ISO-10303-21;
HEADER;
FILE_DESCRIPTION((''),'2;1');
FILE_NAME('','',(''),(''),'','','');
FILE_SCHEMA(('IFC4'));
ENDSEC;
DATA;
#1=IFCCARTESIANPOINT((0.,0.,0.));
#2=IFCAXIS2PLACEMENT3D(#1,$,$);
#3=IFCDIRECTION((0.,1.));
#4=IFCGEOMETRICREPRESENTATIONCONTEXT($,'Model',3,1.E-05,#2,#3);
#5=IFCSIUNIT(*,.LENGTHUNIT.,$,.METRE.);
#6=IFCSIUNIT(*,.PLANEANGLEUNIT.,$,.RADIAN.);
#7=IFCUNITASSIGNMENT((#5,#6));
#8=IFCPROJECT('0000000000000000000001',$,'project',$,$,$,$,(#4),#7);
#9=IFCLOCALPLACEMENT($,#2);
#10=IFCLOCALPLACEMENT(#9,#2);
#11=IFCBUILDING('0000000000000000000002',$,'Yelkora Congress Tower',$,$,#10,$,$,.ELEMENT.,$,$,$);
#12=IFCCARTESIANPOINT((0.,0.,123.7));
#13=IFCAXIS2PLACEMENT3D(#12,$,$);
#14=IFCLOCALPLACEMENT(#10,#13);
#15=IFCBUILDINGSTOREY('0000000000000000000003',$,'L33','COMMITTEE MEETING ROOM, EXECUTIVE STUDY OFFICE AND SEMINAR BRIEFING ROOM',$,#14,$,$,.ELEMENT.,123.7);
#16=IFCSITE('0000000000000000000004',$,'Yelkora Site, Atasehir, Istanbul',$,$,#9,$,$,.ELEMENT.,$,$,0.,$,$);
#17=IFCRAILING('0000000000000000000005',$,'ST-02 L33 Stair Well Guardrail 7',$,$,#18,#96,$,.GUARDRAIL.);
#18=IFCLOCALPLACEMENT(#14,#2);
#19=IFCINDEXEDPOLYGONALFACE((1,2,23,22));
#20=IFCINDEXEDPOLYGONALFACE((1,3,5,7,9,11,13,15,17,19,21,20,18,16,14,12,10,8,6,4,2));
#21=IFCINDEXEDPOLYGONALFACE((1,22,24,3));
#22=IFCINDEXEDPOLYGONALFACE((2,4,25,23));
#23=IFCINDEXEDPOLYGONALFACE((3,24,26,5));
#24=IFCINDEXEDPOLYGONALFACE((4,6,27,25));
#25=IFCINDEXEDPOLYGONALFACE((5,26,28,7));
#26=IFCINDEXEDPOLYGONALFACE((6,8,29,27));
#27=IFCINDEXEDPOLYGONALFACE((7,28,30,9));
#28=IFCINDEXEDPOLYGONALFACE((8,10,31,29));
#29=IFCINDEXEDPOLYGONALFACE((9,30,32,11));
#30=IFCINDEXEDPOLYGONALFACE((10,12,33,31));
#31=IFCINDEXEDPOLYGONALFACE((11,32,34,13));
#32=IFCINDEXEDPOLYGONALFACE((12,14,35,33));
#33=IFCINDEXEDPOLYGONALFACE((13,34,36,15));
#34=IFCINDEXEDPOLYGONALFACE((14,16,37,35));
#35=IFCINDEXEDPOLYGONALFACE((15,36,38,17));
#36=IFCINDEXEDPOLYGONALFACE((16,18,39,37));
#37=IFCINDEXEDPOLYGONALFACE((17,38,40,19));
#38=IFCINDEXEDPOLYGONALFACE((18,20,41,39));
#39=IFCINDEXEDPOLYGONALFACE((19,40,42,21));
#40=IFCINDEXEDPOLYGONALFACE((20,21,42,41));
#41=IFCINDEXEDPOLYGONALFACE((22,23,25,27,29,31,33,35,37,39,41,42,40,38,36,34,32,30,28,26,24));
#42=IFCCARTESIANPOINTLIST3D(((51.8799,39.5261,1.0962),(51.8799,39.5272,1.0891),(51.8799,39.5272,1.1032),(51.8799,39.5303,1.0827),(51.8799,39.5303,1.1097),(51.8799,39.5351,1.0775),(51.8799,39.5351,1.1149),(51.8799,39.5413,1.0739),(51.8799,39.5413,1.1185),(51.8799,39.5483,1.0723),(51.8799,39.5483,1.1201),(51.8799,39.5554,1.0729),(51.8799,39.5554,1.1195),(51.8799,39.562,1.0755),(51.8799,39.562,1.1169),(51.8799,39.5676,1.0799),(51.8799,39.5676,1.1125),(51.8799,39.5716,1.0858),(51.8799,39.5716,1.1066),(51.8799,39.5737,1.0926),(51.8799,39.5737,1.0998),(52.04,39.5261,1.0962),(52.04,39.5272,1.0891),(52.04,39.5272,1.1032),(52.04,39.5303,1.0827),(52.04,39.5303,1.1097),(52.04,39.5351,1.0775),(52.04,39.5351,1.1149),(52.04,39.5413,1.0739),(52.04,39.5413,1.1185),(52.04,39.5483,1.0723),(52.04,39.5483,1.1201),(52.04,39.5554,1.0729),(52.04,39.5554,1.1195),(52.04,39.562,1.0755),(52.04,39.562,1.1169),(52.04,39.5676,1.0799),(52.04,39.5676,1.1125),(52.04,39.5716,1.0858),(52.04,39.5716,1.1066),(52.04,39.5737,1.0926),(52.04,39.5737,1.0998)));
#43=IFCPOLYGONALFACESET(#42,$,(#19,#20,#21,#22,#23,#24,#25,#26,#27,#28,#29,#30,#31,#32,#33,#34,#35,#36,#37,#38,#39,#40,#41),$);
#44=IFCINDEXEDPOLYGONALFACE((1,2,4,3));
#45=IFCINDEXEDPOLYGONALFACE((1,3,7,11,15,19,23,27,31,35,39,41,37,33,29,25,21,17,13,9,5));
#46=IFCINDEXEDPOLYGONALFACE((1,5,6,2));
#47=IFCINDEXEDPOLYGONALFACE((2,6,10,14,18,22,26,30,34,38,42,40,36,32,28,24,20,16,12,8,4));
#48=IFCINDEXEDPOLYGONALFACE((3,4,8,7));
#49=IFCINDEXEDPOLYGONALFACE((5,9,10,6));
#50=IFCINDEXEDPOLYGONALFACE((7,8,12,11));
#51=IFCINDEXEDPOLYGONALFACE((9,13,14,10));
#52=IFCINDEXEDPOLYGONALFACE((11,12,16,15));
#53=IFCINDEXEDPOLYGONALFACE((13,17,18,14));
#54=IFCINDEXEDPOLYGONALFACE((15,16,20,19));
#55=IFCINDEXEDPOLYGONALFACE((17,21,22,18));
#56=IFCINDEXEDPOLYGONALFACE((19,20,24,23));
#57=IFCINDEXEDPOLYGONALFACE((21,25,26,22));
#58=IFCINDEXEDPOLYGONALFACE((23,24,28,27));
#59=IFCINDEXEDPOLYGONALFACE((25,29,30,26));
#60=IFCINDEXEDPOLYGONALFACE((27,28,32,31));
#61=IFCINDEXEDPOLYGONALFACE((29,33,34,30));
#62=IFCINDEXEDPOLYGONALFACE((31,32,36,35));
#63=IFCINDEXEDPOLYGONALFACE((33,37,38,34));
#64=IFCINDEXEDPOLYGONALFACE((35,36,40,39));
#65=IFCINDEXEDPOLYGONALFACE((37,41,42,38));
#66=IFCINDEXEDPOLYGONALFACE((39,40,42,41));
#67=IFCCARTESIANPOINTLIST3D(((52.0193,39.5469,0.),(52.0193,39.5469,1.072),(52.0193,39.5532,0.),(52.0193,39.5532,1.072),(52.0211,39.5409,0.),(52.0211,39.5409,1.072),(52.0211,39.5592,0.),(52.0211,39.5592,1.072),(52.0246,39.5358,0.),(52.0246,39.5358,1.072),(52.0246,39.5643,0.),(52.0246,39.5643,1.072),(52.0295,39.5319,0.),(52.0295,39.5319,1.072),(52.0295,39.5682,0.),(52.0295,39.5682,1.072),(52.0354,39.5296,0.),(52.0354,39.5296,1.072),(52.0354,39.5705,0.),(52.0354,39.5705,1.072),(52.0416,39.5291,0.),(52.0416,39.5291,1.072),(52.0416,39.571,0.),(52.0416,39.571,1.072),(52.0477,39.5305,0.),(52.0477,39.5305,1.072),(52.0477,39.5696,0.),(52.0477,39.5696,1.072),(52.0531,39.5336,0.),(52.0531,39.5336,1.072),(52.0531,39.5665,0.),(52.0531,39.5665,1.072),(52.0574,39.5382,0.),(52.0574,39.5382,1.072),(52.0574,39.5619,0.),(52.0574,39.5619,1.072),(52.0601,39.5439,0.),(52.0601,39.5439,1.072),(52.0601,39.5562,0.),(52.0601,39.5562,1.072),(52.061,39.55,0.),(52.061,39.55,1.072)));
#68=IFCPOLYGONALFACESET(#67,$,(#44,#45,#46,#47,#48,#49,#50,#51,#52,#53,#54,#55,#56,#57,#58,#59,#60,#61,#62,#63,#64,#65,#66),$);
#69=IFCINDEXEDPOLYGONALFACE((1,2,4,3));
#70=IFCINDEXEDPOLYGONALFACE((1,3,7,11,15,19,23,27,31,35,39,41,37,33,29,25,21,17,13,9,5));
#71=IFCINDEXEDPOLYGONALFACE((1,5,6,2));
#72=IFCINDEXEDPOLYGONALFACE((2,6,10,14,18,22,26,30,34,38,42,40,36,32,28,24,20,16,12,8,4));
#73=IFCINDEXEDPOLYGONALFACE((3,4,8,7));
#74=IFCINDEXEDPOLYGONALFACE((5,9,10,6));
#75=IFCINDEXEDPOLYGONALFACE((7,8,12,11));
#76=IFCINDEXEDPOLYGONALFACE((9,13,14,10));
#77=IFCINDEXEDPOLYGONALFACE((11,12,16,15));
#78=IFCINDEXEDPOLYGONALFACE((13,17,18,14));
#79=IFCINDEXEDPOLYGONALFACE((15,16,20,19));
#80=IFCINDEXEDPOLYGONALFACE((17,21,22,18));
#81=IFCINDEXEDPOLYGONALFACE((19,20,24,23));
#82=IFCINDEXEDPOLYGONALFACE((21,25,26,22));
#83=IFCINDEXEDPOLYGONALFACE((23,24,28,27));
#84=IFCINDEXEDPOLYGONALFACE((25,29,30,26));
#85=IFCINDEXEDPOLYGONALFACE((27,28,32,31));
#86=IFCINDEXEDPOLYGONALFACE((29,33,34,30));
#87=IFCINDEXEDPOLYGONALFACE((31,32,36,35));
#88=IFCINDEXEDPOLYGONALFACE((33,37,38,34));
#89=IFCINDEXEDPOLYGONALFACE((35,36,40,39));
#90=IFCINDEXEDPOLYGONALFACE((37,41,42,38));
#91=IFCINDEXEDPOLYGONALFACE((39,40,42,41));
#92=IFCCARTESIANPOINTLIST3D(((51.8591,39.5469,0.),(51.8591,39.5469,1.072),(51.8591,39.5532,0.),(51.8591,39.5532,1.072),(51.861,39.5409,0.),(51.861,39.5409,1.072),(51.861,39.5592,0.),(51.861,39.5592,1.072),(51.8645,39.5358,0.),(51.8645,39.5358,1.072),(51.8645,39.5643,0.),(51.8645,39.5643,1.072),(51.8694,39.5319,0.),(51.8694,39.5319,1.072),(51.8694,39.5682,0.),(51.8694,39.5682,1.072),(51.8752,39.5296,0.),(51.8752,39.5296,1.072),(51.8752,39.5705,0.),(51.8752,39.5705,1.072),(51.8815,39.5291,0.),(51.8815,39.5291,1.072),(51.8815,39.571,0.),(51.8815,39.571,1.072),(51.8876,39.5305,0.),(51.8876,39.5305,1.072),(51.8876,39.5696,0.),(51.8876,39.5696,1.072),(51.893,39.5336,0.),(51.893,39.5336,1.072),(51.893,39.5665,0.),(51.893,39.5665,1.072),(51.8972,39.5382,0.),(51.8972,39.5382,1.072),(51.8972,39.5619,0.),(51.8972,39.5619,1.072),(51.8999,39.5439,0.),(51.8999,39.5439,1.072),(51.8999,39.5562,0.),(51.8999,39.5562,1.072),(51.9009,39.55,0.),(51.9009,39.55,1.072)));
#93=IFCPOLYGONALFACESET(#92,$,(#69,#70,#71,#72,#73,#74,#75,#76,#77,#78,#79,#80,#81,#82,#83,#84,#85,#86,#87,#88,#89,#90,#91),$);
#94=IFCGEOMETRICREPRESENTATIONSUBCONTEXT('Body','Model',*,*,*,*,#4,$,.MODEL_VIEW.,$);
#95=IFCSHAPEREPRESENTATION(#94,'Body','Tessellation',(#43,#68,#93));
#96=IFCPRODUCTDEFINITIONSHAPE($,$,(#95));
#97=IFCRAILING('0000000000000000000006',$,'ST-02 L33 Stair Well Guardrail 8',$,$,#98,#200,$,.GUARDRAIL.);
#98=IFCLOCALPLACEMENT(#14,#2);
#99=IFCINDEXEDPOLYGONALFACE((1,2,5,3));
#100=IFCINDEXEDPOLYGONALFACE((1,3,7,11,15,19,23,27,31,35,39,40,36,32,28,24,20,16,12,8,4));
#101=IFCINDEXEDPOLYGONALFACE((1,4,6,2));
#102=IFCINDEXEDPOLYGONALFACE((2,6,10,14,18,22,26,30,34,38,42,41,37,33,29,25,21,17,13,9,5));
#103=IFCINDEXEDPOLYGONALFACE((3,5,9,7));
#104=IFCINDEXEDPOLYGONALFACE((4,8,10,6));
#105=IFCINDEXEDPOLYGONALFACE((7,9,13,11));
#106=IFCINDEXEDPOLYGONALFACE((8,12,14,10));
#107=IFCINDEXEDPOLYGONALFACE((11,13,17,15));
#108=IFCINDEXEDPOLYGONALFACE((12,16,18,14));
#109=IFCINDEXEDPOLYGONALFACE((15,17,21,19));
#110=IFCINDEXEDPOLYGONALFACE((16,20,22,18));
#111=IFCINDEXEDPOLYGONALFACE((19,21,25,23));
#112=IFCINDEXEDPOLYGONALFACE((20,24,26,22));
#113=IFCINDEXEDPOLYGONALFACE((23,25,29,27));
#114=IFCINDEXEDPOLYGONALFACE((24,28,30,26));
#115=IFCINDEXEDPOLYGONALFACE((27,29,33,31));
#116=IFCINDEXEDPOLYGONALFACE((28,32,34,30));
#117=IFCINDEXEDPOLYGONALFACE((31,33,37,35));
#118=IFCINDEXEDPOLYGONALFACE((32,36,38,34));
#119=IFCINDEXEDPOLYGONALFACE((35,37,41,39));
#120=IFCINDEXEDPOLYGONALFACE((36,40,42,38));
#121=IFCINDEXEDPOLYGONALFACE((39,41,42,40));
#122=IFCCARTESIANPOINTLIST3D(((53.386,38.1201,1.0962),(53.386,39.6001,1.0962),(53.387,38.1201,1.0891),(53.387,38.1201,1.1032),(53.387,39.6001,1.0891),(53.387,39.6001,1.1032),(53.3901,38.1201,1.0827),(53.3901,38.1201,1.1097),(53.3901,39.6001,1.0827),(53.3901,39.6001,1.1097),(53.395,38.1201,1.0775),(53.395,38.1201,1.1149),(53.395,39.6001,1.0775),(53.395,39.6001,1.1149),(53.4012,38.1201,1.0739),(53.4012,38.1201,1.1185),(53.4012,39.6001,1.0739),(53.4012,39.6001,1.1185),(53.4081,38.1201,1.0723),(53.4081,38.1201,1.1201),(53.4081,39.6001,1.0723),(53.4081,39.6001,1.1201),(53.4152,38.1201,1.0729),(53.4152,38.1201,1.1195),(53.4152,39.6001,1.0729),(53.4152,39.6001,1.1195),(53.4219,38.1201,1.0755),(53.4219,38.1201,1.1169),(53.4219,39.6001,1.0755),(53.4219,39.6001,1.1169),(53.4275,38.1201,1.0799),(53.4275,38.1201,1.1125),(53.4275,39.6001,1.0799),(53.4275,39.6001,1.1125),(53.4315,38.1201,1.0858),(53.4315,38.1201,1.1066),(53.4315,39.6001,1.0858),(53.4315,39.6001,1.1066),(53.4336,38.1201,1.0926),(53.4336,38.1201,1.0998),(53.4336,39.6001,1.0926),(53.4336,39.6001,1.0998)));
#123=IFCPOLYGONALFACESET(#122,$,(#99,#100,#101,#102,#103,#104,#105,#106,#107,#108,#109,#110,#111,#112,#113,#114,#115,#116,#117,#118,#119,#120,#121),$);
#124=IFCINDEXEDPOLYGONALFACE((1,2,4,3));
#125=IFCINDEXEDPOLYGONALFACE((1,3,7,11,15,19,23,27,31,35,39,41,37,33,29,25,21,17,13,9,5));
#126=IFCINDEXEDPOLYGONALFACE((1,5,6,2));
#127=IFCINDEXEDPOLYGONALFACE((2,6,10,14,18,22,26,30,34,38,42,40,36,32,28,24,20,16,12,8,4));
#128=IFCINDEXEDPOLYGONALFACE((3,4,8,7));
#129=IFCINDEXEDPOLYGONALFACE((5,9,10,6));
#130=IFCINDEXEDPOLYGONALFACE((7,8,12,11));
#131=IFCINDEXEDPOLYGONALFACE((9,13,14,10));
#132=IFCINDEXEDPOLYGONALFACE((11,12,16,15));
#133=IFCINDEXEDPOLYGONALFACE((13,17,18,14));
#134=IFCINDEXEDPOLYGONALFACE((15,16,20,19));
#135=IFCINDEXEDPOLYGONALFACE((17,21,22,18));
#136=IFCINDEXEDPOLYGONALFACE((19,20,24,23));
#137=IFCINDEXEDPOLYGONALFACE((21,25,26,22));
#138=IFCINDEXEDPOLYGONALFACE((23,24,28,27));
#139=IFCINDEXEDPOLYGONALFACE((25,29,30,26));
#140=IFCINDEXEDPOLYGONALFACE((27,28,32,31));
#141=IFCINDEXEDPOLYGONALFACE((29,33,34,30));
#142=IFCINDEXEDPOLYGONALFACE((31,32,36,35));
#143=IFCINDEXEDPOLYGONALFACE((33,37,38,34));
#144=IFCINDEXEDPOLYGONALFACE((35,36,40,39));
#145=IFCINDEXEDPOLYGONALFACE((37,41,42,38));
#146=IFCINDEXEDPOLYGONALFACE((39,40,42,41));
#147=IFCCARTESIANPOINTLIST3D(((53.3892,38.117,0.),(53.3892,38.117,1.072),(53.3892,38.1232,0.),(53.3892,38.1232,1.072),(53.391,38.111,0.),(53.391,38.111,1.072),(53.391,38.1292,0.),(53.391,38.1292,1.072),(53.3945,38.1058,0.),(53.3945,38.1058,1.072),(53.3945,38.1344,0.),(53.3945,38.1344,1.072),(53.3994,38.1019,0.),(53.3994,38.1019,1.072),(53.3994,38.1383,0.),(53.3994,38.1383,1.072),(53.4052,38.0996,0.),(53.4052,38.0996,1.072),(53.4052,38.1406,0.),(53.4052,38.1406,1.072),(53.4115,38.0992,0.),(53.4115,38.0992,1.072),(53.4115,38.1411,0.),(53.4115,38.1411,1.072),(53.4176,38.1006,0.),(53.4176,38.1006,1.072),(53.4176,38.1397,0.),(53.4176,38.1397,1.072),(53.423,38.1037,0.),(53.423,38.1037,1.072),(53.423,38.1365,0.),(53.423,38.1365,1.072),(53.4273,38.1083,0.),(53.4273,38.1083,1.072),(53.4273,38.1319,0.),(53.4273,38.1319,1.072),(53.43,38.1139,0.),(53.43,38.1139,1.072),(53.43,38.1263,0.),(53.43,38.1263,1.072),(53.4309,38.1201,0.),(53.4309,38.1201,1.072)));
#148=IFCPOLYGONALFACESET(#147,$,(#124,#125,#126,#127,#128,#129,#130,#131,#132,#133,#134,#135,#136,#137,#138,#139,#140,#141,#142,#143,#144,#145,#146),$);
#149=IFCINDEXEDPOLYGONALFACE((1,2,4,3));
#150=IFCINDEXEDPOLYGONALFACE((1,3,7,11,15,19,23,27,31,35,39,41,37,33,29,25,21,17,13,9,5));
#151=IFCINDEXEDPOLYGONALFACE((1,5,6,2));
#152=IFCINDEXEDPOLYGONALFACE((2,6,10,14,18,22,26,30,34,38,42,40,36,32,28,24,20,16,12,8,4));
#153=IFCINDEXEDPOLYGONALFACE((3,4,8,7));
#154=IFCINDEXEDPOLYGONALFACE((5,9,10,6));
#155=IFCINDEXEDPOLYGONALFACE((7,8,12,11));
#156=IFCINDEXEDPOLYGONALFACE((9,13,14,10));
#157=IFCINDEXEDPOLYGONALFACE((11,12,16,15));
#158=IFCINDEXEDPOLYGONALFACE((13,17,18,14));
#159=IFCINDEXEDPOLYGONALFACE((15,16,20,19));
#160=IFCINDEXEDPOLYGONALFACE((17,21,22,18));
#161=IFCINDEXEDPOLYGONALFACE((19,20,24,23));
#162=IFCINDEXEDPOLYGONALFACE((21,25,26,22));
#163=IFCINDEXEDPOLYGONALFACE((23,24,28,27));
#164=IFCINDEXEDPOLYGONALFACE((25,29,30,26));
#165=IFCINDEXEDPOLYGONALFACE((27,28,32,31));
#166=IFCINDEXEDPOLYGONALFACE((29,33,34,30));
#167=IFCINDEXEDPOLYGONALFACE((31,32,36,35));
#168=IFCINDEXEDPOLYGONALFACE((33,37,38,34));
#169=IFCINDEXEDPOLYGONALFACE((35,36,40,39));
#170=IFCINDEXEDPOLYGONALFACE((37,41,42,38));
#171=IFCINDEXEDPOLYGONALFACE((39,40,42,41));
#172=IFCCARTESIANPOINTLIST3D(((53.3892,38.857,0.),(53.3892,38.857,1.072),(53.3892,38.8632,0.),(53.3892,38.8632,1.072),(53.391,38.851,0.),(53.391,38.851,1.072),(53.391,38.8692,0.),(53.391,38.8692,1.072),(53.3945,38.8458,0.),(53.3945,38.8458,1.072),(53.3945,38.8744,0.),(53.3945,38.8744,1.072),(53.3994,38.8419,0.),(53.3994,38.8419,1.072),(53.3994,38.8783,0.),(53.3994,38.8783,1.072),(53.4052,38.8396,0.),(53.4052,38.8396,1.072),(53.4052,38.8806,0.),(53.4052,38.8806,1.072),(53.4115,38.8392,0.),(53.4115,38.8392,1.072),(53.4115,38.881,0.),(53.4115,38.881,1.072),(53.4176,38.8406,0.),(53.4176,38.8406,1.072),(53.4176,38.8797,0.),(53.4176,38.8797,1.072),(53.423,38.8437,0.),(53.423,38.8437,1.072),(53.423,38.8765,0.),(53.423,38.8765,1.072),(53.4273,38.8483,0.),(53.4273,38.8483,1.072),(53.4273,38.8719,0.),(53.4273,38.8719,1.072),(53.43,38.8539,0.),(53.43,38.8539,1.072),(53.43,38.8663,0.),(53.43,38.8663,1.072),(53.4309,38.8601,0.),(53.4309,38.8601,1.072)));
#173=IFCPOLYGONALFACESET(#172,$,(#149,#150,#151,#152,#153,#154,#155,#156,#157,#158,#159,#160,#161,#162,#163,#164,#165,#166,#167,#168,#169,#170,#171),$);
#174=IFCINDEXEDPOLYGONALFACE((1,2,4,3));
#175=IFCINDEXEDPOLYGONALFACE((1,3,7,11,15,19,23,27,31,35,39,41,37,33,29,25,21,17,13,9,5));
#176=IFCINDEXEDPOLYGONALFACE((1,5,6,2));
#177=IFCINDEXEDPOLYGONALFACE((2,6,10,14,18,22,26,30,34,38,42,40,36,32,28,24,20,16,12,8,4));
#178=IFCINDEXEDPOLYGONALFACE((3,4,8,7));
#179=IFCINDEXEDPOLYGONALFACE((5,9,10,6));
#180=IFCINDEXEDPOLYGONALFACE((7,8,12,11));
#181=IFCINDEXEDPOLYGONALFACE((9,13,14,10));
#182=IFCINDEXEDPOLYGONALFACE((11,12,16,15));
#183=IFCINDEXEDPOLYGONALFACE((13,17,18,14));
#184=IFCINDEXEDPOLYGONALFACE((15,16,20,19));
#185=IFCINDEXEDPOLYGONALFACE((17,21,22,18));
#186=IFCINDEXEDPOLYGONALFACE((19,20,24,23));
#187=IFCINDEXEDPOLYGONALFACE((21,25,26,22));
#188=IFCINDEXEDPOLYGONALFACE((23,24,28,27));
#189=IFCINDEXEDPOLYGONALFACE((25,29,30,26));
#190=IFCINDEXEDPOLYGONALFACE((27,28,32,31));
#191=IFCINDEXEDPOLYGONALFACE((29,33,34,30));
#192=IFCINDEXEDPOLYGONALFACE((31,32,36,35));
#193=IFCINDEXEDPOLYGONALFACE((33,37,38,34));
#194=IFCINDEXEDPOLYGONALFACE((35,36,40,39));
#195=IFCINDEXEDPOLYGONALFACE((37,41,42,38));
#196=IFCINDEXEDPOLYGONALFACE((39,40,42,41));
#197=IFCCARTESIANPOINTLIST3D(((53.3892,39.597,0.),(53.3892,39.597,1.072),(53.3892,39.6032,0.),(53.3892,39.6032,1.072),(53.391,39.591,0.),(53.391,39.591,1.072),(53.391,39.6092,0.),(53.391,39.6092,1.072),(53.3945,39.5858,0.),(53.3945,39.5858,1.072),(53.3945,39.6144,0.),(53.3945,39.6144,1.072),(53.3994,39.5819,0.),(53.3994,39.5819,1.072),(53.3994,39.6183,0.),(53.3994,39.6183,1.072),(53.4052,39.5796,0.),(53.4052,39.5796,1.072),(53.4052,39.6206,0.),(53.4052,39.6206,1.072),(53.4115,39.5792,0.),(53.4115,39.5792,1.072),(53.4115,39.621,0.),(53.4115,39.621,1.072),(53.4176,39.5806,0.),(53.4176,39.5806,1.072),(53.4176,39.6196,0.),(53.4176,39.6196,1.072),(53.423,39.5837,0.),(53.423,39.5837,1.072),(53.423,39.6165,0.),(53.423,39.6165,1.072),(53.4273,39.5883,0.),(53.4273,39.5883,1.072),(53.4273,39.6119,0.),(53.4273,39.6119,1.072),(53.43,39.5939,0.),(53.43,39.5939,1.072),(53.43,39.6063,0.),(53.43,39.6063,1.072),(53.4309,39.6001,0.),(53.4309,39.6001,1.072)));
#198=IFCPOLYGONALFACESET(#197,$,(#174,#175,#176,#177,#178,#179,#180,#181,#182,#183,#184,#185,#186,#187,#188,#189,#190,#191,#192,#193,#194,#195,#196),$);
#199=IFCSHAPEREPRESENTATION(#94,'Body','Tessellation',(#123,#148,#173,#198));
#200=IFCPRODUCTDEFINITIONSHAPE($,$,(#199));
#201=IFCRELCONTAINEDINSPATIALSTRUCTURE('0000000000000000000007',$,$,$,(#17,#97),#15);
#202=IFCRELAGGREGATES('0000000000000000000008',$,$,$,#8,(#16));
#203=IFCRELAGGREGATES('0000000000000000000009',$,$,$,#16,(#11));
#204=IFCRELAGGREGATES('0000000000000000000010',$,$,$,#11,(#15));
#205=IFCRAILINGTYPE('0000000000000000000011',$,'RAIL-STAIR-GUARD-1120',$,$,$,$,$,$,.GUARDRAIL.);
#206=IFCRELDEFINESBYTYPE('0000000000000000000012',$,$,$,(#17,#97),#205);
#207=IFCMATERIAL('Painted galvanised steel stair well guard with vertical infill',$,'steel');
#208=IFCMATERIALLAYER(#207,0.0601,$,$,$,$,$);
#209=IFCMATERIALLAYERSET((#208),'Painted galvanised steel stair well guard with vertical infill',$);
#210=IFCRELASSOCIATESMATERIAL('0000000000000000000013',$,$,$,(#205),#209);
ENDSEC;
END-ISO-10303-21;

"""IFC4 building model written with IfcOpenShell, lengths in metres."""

from ifc_helpers import new_model, si_unit, direction, frame, origin, origin_2d, place, context, subcontext, project, spatial, circle, extrude, material, layer, layer_set, type_object, element, save


model = new_model("IFC4")

# Units and contexts
model_context = context("Model", 3, precision=1e-05, world=origin(), true_north=direction((0.0, 1.0)))
body_context = subcontext(model_context, "Body", "Model", "MODEL_VIEW")
ifc_project = project(units=[si_unit("LENGTHUNIT", "METRE"), si_unit("PLANEANGLEUNIT", "RADIAN")], contexts=[model_context])

# Site, building, storey
site_placement = place(None, origin())
site = spatial("IfcSite", under=ifc_project, at=site_placement, Name="Yelkora Site, Atasehir, Istanbul", CompositionType="ELEMENT", RefElevation=0.0)
building_placement = place(site_placement, origin())
building = spatial("IfcBuilding", under=site, at=building_placement, Name="Yelkora Congress Tower", CompositionType="ELEMENT")
storey_placement = place(building_placement, frame((0.0, 0.0, 123.7)))
storey = spatial("IfcBuildingStorey", under=building, at=storey_placement, Name="L33", Description="COMMITTEE MEETING ROOM, EXECUTIVE STUDY OFFICE AND SEMINAR BRIEFING ROOM", CompositionType="ELEMENT", Elevation=123.7)

# Railings
ifc_material_1 = material(Name="Painted galvanised steel stair well guard with vertical infill", Category="steel")
ifc_layer_1 = layer(ifc_material_1, 0.0601)
ifc_layer_set_1 = layer_set([ifc_layer_1], Name="Painted galvanised steel stair well guard with vertical infill")
railing_type_1 = type_object("IfcRailingType", Name="RAIL-STAIR-GUARD-1120", PredefinedType="GUARDRAIL", material=ifc_layer_set_1)
railing_1_placement = place(storey_placement, frame((52.04, 39.55, 0.0)))
element("IfcRailing", 1, at=railing_1_placement, inside=storey, type_object=railing_type_1, Name="ST-02 L33 Stair Well Guardrail 7", PredefinedType="GUARDRAIL", context=body_context, shape_type="SweptSolid", body=[
    extrude(circle(Radius=0.0239, at=origin_2d()), frame((0.0, 0.0, 1.0962), z_axis=(-1.0, 0.0, 0.0), x_axis=(0.0, -1.0, 0.0)), (0.0, 0.0, 1.0), 0.1602),
    extrude(circle(Radius=0.021, at=origin_2d()), origin(), (0.0, 0.0, 1.0), 1.072),
    extrude(circle(Radius=0.021, at=origin_2d()), frame((-0.1602, 0.0, 0.0)), (0.0, 0.0, 1.0), 1.072),
])
for number, where, name in (
    (2, (53.4099, 38.1201, 0.0), "ST-02 L33 Stair Well Guardrail 8"),
):
    element("IfcRailing", number, at=place(storey_placement, frame(where)), inside=storey, type_object=railing_type_1, Name=name, PredefinedType="GUARDRAIL", context=body_context, shape_type="SweptSolid", body=[
        extrude(circle(Radius=0.0239, at=origin_2d()), frame((0.0, 0.0, 1.0962), z_axis=(0.0, 1.0, 0.0), x_axis=(-1.0, 0.0, 0.0)), (0.0, 0.0, 1.0), 1.48),
        extrude(circle(Radius=0.021, at=origin_2d()), origin(), (0.0, 0.0, 1.0), 1.072),
        extrude(circle(Radius=0.021, at=origin_2d()), frame((0.0, 0.74, 0.0)), (0.0, 0.0, 1.0), 1.072),
        extrude(circle(Radius=0.021, at=origin_2d()), frame((0.0, 1.48, 0.0)), (0.0, 0.0, 1.0), 1.072),
    ])

save(model, "model.ifc")
